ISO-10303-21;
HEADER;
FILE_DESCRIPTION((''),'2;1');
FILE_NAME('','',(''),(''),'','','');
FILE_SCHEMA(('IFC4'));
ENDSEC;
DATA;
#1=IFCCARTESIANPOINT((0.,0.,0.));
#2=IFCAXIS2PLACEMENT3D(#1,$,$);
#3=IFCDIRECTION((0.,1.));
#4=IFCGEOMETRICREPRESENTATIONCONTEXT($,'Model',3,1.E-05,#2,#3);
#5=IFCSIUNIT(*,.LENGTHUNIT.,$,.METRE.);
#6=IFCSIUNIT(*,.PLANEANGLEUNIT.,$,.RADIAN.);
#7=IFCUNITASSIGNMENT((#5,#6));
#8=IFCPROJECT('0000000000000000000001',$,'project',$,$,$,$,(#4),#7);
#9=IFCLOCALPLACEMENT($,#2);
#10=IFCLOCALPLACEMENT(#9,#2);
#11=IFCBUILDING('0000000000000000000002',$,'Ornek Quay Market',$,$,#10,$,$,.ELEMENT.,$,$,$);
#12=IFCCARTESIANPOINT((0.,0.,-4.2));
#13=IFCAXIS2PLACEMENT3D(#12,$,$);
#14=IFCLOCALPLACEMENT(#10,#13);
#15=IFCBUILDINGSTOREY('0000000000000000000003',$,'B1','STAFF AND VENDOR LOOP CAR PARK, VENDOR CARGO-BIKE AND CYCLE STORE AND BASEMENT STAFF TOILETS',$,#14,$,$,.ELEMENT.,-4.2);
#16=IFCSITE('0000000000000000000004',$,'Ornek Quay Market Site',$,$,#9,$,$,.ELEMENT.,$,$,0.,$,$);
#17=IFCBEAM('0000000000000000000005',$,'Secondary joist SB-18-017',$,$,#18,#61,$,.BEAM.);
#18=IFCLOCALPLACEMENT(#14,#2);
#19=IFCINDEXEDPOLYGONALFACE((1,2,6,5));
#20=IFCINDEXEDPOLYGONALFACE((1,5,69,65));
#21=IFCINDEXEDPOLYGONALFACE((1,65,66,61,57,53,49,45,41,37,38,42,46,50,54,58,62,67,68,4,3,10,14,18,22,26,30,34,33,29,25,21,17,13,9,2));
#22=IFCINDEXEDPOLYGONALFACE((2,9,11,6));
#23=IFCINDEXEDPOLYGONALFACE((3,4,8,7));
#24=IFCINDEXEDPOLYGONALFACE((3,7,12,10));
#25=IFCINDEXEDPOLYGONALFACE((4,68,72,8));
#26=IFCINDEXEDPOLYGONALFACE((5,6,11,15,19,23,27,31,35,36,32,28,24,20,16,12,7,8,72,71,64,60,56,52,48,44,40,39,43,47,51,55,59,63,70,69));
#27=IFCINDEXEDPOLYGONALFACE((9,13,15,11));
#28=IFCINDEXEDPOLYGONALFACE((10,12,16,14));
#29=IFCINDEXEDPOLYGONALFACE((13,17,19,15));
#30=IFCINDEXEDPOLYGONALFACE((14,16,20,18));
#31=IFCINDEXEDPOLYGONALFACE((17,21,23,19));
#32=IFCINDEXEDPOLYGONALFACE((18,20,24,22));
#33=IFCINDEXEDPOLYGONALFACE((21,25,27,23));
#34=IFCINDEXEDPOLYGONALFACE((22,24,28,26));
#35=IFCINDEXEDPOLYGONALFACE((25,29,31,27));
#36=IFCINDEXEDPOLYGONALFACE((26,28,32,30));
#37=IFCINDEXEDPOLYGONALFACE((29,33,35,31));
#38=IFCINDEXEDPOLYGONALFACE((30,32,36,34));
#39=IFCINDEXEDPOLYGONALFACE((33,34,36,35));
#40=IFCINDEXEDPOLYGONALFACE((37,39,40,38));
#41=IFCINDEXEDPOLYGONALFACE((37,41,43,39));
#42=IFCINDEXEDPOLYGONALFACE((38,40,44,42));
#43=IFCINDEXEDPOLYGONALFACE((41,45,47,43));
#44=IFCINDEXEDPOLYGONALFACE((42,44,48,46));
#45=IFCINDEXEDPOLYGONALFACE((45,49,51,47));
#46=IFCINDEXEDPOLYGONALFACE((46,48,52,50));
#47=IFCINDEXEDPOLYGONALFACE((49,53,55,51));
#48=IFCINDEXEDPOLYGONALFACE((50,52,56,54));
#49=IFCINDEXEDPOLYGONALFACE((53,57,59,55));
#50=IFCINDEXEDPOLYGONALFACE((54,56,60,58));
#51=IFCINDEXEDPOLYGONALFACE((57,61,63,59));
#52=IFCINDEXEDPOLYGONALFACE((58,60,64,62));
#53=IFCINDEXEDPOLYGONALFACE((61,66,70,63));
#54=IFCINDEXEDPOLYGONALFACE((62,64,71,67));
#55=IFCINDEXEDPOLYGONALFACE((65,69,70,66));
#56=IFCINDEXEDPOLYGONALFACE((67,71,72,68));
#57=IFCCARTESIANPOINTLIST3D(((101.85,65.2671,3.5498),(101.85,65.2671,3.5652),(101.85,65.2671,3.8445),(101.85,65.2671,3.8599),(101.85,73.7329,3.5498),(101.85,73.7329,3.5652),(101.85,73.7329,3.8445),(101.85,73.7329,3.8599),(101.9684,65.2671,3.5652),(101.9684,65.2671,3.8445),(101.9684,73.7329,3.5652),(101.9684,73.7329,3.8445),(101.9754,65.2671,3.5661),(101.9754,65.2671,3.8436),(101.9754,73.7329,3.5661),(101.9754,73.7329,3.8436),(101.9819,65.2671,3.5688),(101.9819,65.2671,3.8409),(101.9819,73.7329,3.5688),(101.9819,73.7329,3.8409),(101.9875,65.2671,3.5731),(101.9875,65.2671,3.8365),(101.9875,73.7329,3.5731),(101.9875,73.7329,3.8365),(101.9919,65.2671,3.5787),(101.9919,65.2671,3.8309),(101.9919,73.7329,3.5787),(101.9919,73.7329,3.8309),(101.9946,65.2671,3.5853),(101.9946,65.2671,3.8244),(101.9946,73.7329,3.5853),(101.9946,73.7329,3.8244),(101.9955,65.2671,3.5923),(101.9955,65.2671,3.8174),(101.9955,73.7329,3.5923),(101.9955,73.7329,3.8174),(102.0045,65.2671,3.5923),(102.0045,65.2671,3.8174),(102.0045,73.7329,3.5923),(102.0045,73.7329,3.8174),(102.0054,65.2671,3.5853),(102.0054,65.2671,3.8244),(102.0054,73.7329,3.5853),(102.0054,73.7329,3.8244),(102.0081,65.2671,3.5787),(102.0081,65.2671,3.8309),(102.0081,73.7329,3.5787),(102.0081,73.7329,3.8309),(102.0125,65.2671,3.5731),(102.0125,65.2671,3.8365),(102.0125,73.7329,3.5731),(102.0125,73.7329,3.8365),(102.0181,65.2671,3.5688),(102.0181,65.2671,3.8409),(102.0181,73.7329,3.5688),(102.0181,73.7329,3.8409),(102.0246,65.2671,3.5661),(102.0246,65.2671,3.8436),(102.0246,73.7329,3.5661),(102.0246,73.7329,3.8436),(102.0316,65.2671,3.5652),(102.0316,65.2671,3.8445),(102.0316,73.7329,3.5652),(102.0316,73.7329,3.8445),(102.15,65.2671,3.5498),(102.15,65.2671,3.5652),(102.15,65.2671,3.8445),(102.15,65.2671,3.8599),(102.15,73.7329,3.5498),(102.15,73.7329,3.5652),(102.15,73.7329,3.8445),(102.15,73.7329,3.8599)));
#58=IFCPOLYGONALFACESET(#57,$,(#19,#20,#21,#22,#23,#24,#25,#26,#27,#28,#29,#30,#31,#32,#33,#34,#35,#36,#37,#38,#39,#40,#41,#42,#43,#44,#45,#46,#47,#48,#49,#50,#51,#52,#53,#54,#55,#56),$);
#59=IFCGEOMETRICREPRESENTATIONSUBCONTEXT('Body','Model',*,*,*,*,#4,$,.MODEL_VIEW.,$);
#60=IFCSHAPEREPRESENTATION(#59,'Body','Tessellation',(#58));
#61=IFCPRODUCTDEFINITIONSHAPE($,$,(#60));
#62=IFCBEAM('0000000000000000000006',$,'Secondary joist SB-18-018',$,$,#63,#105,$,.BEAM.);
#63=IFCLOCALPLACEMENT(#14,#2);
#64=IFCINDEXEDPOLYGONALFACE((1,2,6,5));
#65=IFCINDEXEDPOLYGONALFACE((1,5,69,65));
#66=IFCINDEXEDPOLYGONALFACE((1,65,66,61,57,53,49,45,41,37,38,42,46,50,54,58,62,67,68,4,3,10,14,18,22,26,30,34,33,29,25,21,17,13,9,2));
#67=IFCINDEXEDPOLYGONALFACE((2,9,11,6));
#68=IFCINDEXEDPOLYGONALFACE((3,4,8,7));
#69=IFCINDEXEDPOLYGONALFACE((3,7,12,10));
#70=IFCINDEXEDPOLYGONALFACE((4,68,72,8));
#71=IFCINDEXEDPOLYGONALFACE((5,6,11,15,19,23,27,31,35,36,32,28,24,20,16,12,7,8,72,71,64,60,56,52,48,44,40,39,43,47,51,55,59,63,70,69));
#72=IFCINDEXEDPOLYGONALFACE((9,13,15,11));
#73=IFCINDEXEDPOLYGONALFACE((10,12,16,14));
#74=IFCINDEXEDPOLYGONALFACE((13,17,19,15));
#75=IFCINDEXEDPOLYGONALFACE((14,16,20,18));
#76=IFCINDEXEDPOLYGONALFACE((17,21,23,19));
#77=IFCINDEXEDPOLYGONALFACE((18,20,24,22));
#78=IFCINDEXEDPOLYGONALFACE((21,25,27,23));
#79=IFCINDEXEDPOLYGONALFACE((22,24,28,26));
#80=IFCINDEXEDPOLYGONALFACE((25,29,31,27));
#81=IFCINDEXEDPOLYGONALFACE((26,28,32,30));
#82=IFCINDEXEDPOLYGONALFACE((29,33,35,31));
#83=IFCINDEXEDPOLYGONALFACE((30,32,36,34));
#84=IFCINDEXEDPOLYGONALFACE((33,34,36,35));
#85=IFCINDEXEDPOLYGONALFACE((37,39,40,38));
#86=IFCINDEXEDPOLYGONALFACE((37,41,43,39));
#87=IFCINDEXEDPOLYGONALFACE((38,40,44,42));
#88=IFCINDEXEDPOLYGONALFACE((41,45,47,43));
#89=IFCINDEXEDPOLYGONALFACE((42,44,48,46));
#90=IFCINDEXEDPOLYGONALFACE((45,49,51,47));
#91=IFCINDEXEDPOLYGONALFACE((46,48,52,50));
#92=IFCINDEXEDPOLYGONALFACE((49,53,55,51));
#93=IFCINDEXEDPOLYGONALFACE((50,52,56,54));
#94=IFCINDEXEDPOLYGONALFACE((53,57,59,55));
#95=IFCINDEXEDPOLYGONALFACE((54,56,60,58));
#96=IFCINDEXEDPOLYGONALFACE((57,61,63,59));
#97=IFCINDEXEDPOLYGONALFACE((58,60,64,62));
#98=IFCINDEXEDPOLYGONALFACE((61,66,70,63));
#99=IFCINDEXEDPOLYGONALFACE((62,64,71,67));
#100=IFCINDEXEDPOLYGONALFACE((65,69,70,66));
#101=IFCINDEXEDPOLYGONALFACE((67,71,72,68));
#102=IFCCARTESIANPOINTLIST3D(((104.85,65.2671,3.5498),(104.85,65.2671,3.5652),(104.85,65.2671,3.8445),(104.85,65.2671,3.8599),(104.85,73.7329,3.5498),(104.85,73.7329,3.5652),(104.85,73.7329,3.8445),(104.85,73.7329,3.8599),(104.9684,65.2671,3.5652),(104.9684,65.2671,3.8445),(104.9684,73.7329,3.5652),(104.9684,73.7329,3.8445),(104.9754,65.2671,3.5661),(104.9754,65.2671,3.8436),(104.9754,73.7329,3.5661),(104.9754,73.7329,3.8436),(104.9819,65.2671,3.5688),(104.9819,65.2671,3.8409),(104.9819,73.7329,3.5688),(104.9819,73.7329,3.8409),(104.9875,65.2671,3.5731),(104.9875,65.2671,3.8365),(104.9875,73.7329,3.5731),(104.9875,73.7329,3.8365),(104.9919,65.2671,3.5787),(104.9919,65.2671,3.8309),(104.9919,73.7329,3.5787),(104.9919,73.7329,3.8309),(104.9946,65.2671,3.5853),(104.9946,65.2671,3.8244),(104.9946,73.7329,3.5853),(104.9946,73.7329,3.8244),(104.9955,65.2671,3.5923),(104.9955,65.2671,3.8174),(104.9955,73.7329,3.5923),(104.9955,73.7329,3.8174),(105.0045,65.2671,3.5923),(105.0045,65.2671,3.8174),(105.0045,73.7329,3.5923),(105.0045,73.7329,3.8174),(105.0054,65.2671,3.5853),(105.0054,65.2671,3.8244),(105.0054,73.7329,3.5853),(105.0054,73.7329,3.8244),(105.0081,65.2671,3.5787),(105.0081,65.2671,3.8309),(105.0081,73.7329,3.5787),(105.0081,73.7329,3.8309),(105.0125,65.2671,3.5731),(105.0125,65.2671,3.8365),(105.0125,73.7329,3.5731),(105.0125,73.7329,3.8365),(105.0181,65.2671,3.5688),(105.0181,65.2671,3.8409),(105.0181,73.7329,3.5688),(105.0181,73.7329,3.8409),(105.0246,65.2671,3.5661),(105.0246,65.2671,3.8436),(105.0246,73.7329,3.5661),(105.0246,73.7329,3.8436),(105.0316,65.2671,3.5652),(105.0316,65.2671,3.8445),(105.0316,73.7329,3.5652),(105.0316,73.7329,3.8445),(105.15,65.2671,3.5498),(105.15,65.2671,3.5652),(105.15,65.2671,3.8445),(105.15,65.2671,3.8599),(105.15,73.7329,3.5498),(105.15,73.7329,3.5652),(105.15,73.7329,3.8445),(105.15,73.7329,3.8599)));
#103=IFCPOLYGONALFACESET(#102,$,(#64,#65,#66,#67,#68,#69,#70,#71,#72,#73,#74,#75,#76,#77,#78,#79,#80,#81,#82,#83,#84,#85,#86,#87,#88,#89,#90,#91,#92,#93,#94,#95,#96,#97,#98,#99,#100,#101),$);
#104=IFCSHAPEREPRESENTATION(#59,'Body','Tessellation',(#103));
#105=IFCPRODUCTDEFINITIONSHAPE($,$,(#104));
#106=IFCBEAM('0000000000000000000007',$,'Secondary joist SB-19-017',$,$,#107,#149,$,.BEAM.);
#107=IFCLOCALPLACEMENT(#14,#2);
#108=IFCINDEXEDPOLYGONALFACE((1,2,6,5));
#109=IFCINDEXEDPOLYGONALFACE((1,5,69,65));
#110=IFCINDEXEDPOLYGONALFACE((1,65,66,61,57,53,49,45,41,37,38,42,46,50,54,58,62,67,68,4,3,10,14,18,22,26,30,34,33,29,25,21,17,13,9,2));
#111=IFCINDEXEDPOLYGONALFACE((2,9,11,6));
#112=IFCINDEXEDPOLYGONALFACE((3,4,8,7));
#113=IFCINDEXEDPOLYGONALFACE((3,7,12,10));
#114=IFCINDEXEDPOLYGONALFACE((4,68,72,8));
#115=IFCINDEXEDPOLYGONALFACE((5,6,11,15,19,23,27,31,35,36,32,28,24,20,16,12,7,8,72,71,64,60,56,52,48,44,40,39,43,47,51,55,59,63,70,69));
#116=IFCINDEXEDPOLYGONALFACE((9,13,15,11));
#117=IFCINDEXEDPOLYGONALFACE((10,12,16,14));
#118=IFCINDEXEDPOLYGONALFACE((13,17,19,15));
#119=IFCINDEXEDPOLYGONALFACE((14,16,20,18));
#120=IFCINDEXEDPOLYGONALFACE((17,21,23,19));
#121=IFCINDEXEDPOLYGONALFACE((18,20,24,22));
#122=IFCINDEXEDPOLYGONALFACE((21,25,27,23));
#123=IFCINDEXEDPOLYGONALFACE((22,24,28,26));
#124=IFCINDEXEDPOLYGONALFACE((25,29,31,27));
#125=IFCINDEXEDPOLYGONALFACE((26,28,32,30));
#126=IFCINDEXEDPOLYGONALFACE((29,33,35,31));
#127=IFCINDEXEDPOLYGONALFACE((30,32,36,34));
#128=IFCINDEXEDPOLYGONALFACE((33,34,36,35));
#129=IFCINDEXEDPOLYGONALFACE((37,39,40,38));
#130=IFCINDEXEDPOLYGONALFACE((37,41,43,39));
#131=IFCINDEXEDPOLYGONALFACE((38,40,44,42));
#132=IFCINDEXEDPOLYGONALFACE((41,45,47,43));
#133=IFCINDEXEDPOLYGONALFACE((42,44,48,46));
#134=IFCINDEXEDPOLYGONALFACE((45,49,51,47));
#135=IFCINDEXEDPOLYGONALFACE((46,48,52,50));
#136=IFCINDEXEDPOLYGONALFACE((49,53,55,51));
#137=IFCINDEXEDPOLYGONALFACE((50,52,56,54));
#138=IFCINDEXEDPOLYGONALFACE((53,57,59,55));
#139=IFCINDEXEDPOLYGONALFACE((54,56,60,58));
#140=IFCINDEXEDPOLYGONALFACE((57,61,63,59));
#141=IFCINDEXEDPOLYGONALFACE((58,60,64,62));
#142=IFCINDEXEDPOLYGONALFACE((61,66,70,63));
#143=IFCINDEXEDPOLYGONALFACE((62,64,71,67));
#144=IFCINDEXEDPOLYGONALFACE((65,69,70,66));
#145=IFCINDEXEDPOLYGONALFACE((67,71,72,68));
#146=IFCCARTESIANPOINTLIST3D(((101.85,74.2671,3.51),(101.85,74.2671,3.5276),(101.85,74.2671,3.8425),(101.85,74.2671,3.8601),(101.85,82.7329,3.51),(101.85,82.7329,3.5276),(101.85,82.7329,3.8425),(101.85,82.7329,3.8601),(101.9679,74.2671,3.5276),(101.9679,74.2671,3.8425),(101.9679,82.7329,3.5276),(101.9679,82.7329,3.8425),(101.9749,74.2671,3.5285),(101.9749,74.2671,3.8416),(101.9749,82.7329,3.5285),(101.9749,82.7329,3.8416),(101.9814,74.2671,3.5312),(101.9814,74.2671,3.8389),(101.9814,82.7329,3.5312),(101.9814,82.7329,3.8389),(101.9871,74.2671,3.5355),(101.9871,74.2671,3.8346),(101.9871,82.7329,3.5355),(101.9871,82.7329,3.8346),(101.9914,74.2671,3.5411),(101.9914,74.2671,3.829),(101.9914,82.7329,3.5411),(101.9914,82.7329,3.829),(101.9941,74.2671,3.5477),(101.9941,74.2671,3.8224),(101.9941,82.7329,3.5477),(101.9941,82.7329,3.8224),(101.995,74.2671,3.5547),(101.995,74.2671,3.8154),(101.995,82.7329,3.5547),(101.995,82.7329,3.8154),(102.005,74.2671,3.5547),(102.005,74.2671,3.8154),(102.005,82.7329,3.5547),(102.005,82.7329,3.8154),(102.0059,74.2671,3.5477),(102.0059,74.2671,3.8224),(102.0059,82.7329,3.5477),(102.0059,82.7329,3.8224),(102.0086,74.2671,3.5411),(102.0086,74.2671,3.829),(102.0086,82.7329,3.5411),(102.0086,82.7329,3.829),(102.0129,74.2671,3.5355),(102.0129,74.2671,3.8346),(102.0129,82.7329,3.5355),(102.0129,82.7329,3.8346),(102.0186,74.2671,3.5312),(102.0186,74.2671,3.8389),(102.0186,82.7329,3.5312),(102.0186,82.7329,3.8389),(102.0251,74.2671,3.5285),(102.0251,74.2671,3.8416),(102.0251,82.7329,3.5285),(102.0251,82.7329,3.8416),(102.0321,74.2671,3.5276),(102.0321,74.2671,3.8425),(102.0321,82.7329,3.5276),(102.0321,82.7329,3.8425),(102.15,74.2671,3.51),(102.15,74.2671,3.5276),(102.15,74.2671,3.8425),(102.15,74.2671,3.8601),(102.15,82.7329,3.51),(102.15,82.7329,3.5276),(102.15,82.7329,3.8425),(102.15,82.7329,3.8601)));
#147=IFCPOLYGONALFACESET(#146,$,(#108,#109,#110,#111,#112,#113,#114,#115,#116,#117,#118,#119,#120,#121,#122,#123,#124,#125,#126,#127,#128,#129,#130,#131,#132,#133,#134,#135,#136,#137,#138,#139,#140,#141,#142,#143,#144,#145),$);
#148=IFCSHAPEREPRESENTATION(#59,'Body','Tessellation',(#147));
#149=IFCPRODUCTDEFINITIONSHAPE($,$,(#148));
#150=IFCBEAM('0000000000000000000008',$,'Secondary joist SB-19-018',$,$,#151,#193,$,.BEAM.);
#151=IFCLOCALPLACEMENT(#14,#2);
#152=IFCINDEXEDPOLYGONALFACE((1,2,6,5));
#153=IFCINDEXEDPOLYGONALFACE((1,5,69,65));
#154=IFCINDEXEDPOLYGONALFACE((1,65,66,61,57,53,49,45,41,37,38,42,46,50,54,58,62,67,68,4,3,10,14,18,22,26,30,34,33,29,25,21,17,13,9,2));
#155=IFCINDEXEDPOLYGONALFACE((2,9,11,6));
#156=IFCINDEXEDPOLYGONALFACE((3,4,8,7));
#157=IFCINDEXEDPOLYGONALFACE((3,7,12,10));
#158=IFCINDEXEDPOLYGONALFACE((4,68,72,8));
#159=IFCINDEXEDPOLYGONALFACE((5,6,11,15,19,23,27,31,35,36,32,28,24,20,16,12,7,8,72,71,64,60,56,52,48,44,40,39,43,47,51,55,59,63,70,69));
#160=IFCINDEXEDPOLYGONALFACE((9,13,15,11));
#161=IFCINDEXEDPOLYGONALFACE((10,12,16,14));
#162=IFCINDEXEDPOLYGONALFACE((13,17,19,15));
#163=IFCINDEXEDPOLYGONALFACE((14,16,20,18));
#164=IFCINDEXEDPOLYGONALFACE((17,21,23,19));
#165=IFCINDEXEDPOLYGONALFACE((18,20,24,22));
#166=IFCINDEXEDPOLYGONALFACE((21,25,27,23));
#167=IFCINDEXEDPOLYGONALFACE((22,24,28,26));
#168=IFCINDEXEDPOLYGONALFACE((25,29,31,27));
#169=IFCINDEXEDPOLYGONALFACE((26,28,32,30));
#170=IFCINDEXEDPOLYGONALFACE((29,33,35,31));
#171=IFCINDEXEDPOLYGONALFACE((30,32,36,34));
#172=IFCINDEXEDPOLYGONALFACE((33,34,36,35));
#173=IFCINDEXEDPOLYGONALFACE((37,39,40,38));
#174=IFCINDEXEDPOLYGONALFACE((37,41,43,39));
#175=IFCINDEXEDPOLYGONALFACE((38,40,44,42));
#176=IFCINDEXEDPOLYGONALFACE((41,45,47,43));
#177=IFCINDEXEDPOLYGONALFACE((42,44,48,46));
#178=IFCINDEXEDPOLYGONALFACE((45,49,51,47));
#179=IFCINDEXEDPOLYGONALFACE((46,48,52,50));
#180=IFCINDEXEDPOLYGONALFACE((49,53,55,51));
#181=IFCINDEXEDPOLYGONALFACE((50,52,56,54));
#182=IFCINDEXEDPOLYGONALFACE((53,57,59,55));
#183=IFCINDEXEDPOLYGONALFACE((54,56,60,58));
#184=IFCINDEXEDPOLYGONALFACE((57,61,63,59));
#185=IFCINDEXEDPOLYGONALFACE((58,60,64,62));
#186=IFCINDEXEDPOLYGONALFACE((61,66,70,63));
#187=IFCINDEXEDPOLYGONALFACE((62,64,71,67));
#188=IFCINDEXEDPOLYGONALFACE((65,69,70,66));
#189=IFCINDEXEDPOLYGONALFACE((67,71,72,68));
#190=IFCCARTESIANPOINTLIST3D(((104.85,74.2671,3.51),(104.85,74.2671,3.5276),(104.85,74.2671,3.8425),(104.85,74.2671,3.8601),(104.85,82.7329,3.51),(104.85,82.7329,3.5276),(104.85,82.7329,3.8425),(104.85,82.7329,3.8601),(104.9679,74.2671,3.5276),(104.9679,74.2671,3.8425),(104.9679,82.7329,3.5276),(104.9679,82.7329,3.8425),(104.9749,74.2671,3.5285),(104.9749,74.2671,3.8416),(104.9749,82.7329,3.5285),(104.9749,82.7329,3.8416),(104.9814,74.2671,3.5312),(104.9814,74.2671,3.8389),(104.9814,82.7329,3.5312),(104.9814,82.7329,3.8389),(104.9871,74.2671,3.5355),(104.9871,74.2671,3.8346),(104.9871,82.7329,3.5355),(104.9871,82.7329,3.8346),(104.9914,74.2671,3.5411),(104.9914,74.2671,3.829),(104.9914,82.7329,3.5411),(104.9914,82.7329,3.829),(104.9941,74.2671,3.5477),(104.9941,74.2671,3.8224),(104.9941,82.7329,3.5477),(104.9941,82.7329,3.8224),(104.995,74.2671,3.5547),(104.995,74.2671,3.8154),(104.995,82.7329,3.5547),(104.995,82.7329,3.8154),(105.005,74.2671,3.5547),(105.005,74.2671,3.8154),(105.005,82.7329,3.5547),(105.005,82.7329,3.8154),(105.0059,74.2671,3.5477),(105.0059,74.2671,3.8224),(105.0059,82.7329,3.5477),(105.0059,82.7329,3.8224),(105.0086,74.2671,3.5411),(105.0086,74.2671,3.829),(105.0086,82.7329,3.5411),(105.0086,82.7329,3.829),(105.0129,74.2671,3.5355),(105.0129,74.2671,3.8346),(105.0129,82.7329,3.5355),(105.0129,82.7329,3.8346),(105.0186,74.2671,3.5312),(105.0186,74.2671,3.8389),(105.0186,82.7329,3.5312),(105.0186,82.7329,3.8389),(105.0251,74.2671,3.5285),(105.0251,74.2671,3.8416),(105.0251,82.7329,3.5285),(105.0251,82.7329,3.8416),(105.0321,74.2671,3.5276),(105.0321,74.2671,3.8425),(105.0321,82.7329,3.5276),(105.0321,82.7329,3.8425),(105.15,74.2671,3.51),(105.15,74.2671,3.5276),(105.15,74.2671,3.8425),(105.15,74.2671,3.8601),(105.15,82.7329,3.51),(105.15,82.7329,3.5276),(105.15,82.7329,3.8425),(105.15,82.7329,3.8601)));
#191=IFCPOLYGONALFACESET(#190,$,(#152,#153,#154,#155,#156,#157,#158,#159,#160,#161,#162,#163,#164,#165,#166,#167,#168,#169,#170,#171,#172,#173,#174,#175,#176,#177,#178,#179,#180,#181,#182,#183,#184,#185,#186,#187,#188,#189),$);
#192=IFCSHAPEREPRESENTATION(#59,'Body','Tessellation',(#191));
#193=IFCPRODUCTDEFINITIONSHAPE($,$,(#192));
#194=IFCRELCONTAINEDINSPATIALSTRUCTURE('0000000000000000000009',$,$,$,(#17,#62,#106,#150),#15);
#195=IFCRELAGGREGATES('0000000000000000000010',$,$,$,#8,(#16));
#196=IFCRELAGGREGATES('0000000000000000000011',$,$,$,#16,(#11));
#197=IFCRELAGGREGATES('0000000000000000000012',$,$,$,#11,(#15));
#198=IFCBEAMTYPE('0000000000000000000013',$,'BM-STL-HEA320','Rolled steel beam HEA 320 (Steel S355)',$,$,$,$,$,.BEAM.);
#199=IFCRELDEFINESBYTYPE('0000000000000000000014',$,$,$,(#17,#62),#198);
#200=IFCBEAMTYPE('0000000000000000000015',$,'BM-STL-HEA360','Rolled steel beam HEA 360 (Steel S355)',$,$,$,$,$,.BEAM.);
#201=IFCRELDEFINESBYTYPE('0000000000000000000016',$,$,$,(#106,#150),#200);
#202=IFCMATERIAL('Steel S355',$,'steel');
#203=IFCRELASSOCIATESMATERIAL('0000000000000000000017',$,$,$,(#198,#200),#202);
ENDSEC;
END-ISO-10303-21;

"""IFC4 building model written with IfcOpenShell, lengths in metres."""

from ifc_helpers import new_model, si_unit, direction, frame, origin, origin_2d, place, context, subcontext, project, spatial, i_section, extrude, material, material_profile, profile_set, type_object, element, save


model = new_model("IFC4")

# Units and contexts
model_context = context("Model", 3, precision=1e-05, world=origin(), true_north=direction((0.0, 1.0)))
body_context = subcontext(model_context, "Body", "Model", "MODEL_VIEW")
ifc_project = project(units=[si_unit("LENGTHUNIT", "METRE"), si_unit("PLANEANGLEUNIT", "RADIAN")], contexts=[model_context])

# Site, building, storey
site_placement = place(None, origin())
site = spatial("IfcSite", under=ifc_project, at=site_placement, Name="Ornek Quay Market Site", CompositionType="ELEMENT", RefElevation=0.0)
building_placement = place(site_placement, origin())
building = spatial("IfcBuilding", under=site, at=building_placement, Name="Ornek Quay Market", CompositionType="ELEMENT")
storey_placement = place(building_placement, frame((0.0, 0.0, -4.2)))
storey = spatial("IfcBuildingStorey", under=building, at=storey_placement, Name="B1", Description="STAFF AND VENDOR LOOP CAR PARK, VENDOR CARGO-BIKE AND CYCLE STORE AND BASEMENT STAFF TOILETS", CompositionType="ELEMENT", Elevation=-4.2)

# Shared definitions
ifc_material_1 = material(Name="Steel S355", Category="steel")

# Beams
ifc_material_profile_1 = material_profile(ifc_material_1, i_section(OverallWidth=0.3, OverallDepth=0.3101, WebThickness=0.009, FlangeThickness=0.0154, FilletRadius=0.0271, at=origin_2d()), Name="HEA 320", Category="steel")
ifc_profile_set_1 = profile_set([ifc_material_profile_1], Name="Steel S355")
beam_type_1 = type_object("IfcBeamType", Name="BM-STL-HEA320", Description="Rolled steel beam HEA 320 (Steel S355)", PredefinedType="BEAM", material=ifc_profile_set_1)
for number, where, z_axis, x_axis, name in (
    (1, (102.0, 65.2671, 3.7048), (0.0, 1.0, 0.0), (-1.0, 0.0, 0.0), "Secondary joist SB-18-017"),
    (2, (105.0, 65.2671, 3.7048), (0.0, 1.0, 0.0), (-1.0, 0.0, 0.0), "Secondary joist SB-18-018"),
):
    element("IfcBeam", number, at=place(storey_placement, frame(where, z_axis=z_axis, x_axis=x_axis)), inside=storey, type_object=beam_type_1, Name=name, PredefinedType="BEAM", context=body_context, shape_type="SweptSolid", body=[
        extrude(i_section(OverallWidth=0.3, OverallDepth=0.3101, WebThickness=0.009, FlangeThickness=0.0154, FilletRadius=0.0271, at=origin_2d()), origin(), (0.0, 0.0, 1.0), 8.4658),
    ])
ifc_material_profile_2 = material_profile(ifc_material_1, i_section(OverallWidth=0.3, OverallDepth=0.3501, WebThickness=0.01, FlangeThickness=0.0176, FilletRadius=0.0271, at=origin_2d()), Name="HEA 360", Category="steel")
ifc_profile_set_2 = profile_set([ifc_material_profile_2], Name="Steel S355")
beam_type_2 = type_object("IfcBeamType", Name="BM-STL-HEA360", Description="Rolled steel beam HEA 360 (Steel S355)", PredefinedType="BEAM", material=ifc_profile_set_2)
for number, where, z_axis, x_axis, name in (
    (3, (102.0, 74.2671, 3.6851), (0.0, 1.0, 0.0), (-1.0, 0.0, 0.0), "Secondary joist SB-19-017"),
    (4, (105.0, 74.2671, 3.6851), (0.0, 1.0, 0.0), (-1.0, 0.0, 0.0), "Secondary joist SB-19-018"),
):
    element("IfcBeam", number, at=place(storey_placement, frame(where, z_axis=z_axis, x_axis=x_axis)), inside=storey, type_object=beam_type_2, Name=name, PredefinedType="BEAM", context=body_context, shape_type="SweptSolid", body=[
        extrude(i_section(OverallWidth=0.3, OverallDepth=0.3501, WebThickness=0.01, FlangeThickness=0.0176, FilletRadius=0.0271, at=origin_2d()), origin(), (0.0, 0.0, 1.0), 8.4658),
    ])

save(model, "model.ifc")
